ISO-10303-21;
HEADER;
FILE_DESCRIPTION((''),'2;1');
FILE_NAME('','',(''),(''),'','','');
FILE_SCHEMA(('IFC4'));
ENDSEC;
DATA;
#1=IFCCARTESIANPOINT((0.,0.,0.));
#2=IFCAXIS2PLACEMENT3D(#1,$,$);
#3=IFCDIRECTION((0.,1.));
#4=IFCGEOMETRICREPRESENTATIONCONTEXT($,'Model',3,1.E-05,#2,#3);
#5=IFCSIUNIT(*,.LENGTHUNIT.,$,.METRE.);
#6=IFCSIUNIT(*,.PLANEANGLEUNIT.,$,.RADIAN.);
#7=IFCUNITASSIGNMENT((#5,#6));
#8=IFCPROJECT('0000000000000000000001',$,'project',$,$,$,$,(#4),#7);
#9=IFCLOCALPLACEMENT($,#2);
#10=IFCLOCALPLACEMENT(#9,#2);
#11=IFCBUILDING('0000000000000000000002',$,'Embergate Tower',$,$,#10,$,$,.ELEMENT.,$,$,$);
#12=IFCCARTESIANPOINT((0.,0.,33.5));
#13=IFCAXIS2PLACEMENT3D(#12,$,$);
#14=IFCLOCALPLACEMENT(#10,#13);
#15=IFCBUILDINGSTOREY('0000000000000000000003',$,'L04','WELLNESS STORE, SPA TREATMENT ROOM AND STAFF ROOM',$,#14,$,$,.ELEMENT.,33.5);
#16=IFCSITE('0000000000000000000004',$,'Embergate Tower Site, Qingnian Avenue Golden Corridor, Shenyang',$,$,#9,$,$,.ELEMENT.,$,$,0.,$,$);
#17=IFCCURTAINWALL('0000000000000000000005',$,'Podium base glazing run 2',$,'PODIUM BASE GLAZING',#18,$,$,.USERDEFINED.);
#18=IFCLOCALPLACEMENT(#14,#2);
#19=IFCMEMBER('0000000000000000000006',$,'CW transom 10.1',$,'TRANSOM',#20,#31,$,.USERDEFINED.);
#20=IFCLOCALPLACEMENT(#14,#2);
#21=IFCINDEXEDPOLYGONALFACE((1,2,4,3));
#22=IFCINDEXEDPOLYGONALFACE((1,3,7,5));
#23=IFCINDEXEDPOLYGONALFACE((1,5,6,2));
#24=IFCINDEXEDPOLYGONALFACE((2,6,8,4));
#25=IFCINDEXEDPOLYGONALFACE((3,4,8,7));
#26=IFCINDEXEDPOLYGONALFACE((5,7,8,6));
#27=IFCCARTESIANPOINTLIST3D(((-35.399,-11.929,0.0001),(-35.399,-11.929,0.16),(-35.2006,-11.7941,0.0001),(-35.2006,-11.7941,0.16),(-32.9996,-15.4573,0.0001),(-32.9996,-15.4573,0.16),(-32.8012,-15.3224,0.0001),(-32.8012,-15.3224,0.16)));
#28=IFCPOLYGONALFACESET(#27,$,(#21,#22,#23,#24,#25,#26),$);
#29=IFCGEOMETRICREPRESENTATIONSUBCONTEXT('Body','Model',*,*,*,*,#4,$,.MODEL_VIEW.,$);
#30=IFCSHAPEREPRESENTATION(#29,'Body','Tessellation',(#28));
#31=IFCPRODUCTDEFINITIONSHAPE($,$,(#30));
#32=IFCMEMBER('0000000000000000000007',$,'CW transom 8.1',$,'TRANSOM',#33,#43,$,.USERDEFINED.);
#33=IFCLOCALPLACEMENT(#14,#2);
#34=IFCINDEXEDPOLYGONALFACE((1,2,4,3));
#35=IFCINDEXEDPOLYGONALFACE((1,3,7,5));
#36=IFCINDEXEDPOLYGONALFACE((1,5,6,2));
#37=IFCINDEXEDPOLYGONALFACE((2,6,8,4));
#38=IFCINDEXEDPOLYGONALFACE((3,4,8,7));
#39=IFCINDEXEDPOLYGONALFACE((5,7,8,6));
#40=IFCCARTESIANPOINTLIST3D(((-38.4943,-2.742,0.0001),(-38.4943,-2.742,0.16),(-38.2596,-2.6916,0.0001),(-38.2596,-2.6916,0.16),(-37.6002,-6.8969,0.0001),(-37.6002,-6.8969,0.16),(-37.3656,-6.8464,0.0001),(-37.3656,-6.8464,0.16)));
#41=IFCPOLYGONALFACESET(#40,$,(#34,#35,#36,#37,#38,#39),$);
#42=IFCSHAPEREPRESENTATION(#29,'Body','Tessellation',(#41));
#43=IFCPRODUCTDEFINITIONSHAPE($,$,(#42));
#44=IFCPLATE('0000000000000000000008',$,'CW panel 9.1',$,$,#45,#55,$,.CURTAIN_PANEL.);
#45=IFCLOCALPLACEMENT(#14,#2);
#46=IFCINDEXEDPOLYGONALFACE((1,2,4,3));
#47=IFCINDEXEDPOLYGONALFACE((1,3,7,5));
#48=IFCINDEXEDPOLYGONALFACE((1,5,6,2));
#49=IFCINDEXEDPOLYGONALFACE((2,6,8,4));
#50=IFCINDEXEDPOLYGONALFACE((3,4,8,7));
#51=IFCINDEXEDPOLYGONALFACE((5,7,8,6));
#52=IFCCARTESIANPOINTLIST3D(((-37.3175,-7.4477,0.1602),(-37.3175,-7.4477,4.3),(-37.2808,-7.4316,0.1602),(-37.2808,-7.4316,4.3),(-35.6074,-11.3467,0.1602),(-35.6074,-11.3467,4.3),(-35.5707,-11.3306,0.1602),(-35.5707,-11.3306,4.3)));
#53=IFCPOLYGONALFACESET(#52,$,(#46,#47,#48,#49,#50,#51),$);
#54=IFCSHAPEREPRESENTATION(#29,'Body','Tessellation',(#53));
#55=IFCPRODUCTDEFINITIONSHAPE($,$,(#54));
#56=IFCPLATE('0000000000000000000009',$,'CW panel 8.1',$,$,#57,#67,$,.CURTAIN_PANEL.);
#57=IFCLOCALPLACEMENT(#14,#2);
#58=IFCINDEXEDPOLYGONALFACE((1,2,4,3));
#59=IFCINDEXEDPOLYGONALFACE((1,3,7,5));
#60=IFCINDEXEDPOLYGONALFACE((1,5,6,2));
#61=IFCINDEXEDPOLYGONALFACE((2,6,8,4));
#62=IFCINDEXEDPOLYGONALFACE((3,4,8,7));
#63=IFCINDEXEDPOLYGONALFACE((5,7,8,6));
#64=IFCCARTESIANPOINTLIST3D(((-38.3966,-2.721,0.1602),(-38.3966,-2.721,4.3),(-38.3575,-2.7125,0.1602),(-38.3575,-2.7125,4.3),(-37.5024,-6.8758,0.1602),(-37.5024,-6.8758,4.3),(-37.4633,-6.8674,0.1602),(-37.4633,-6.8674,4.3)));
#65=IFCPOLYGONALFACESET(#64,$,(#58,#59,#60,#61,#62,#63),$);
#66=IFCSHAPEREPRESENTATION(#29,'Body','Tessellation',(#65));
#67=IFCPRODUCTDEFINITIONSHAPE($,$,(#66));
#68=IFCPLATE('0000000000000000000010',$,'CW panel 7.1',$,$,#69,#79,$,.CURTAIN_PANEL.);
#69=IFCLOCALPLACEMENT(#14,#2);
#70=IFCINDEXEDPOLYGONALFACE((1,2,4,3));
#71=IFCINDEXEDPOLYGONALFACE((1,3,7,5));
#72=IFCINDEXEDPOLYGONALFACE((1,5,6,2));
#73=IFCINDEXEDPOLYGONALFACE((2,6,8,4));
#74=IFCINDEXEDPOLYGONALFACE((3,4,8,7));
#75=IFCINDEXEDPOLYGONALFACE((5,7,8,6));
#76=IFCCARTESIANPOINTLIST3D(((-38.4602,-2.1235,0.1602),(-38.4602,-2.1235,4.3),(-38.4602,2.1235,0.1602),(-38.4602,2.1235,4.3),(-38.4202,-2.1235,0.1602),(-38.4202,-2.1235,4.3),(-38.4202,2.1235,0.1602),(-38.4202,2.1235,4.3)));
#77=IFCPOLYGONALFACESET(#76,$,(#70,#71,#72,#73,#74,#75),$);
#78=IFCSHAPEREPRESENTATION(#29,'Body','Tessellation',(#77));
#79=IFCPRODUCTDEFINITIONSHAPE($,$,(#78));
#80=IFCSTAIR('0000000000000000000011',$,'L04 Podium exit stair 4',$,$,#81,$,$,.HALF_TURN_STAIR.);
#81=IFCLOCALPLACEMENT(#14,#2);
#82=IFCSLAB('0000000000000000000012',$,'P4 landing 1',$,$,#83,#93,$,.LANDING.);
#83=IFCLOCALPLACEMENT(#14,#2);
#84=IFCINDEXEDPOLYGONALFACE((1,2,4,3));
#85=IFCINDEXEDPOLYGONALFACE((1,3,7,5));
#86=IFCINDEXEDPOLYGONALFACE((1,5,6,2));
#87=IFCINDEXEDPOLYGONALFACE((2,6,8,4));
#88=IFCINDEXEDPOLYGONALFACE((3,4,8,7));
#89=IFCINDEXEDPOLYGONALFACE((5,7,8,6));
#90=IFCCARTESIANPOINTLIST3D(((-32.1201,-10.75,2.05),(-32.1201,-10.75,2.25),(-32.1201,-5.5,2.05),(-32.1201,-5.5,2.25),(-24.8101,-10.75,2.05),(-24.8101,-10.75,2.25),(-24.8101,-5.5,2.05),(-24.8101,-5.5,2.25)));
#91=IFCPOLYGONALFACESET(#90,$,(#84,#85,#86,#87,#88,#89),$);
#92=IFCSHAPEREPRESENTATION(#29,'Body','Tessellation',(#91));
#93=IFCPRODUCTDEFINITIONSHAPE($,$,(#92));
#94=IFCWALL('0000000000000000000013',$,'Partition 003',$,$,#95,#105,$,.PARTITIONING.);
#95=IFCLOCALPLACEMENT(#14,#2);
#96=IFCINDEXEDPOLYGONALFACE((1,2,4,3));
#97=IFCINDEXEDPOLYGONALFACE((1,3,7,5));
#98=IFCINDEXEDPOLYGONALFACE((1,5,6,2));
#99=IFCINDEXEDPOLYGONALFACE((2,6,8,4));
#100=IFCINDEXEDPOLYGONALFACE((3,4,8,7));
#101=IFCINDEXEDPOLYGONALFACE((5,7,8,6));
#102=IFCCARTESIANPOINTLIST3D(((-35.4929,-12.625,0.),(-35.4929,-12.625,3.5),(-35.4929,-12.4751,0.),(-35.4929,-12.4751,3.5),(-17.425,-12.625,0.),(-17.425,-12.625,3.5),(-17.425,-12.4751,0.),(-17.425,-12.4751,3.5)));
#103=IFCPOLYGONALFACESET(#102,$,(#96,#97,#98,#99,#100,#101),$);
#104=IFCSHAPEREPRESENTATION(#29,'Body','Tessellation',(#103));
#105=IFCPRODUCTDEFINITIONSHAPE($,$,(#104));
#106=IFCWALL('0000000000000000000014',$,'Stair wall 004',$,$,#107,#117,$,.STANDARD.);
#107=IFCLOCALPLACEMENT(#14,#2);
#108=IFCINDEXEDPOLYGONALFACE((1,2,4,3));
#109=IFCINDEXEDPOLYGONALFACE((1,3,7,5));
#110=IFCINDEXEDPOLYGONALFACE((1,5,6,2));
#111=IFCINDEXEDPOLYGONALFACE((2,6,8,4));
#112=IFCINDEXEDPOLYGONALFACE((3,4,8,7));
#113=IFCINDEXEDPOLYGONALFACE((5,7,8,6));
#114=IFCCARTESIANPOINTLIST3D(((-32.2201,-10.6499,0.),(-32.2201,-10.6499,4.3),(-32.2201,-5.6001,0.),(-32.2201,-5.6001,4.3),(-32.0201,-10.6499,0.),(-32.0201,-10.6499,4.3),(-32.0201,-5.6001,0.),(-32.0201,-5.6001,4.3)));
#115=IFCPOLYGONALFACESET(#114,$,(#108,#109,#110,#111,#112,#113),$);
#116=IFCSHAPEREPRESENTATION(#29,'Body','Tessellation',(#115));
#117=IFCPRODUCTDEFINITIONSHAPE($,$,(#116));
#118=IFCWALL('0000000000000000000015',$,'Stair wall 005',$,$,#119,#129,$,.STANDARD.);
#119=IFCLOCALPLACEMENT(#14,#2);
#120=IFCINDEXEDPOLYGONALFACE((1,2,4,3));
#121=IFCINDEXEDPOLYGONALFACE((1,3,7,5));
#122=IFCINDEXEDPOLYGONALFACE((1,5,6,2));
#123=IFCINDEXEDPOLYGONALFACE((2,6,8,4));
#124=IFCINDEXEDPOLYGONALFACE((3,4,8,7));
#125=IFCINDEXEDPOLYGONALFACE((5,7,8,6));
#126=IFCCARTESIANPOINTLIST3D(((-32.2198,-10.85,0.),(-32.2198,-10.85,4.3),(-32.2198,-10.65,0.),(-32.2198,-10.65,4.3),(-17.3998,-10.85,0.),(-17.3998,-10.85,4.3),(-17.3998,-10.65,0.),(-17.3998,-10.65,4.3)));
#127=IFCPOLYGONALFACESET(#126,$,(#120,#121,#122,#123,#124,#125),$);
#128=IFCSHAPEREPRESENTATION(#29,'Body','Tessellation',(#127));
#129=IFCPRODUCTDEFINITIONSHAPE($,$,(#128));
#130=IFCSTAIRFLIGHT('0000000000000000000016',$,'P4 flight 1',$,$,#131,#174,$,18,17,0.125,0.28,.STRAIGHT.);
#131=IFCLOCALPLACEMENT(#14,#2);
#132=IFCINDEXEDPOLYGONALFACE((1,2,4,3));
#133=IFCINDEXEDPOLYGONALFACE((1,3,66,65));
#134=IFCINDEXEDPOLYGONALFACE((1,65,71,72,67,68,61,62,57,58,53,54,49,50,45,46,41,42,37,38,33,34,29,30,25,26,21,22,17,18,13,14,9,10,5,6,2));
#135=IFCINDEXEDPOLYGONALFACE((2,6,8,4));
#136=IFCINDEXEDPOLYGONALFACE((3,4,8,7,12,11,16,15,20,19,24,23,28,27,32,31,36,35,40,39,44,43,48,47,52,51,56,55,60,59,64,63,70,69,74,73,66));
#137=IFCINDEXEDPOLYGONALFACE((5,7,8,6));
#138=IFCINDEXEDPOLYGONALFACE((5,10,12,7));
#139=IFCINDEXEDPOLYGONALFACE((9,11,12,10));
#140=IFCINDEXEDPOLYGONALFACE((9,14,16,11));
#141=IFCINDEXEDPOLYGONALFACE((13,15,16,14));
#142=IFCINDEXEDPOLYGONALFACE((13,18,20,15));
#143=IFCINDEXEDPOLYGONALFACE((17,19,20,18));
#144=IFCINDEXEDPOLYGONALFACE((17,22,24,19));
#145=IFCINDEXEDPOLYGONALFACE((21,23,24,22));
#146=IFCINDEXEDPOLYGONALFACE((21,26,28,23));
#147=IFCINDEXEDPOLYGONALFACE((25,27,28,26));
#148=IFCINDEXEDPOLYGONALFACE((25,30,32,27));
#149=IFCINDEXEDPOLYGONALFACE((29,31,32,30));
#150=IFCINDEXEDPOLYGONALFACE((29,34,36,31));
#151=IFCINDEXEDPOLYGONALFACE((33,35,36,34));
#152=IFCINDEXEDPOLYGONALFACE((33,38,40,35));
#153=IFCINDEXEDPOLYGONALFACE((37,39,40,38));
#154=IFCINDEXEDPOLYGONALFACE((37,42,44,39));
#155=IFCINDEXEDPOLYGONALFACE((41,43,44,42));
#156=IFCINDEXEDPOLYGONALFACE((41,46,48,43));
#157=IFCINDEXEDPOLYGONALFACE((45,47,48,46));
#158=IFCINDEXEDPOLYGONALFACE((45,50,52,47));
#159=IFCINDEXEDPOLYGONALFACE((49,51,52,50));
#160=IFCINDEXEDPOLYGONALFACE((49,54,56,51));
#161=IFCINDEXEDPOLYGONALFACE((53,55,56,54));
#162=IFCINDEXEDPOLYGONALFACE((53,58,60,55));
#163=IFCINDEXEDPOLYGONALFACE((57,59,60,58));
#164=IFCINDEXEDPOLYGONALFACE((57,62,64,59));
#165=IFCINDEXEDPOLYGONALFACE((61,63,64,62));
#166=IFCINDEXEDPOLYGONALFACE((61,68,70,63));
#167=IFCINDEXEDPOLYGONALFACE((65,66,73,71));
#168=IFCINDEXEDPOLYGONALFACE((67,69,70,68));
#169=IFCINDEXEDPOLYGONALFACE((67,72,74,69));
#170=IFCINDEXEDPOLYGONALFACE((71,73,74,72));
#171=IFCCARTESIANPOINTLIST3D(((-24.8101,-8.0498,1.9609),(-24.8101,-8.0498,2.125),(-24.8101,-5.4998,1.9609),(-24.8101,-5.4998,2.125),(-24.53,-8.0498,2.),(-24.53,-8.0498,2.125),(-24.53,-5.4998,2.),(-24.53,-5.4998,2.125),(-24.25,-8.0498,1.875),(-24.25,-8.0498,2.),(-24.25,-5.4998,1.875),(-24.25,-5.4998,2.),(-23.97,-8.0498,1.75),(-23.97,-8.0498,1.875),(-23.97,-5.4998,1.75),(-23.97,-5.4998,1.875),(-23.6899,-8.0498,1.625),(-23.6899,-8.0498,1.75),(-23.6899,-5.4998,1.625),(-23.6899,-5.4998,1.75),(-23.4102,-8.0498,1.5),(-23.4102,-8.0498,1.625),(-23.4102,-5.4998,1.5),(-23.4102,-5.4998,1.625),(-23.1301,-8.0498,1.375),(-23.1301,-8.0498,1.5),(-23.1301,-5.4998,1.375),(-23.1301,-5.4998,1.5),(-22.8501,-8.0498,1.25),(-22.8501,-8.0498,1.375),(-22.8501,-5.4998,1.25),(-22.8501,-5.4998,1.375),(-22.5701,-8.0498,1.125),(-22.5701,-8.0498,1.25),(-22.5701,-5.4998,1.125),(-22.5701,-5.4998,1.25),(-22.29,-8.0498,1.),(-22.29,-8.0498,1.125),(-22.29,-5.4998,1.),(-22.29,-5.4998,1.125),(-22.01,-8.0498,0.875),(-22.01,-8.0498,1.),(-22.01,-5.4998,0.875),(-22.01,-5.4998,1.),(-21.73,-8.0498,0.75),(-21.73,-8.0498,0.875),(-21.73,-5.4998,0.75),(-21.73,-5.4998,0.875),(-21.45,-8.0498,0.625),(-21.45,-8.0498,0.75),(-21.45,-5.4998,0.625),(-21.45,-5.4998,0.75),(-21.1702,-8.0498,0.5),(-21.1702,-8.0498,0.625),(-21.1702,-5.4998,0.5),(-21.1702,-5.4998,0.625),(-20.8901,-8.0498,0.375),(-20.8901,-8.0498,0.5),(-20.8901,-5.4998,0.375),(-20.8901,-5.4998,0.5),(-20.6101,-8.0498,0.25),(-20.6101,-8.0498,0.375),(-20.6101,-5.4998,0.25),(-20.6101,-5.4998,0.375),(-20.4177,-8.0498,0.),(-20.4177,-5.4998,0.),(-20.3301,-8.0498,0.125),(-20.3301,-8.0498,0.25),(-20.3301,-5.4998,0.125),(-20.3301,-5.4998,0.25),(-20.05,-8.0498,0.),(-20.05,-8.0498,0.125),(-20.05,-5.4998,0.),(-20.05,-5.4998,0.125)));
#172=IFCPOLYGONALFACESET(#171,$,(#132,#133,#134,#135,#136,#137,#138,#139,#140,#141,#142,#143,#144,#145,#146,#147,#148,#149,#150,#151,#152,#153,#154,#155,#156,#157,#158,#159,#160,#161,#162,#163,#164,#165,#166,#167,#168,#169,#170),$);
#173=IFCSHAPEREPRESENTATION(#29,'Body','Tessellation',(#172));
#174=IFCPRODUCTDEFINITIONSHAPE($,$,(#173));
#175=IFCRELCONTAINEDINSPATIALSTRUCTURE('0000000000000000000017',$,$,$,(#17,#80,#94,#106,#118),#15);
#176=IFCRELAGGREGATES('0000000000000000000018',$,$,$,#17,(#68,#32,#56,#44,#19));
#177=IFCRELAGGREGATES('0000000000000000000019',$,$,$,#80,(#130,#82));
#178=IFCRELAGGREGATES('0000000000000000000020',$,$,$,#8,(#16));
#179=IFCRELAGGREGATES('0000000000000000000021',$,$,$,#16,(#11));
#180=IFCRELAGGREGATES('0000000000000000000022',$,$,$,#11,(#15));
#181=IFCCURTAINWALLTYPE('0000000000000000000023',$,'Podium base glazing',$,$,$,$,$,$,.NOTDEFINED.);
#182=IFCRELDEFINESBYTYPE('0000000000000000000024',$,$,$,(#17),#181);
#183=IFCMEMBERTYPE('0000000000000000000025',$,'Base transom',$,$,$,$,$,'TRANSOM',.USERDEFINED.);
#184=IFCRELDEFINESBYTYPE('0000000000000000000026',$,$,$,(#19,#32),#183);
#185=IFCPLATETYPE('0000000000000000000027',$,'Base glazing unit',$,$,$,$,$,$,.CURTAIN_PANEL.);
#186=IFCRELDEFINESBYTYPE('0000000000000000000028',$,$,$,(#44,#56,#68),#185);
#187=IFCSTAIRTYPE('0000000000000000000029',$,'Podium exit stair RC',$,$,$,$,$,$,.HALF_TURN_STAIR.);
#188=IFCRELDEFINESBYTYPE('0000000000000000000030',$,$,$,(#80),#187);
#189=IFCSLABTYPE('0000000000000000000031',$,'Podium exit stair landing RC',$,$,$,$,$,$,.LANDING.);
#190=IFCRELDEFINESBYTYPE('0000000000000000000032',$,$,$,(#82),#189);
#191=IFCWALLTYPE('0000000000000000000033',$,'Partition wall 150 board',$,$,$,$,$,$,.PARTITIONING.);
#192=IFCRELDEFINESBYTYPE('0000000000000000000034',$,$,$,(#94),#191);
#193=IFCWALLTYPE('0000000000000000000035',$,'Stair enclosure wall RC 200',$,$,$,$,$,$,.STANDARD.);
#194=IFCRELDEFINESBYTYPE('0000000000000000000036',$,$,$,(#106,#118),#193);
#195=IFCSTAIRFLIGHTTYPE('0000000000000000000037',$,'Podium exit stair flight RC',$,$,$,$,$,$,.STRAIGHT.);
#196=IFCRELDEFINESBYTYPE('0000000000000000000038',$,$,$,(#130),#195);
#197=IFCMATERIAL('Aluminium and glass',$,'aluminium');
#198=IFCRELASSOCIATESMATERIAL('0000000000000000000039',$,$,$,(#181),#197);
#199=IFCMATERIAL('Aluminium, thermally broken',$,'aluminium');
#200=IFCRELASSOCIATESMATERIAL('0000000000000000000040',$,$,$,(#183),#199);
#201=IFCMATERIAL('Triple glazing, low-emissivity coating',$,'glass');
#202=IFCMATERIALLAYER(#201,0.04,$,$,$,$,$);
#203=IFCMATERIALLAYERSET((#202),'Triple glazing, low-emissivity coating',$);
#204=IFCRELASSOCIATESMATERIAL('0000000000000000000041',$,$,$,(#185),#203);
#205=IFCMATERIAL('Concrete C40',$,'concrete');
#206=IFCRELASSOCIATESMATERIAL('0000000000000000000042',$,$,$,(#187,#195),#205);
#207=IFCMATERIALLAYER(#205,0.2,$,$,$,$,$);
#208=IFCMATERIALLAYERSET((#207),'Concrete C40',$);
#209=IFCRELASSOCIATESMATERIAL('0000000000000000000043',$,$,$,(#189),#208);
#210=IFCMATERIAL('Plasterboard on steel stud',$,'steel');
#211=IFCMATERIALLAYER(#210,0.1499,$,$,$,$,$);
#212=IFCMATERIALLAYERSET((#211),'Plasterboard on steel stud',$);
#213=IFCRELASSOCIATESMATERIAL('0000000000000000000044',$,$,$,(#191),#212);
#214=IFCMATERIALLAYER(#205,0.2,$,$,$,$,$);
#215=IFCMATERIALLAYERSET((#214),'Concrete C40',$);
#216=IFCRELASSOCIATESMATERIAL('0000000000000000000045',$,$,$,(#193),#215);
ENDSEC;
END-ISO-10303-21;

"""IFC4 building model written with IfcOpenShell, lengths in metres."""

from ifc_helpers import new_model, si_unit, direction, frame, frame_2d, origin, origin_2d, place, context, subcontext, project, spatial, polyline, rectangle, outline, extrude, source, transform, mapped, material, layer, layer_set, material_profile, profile_set, type_object, element, aggregate, save


model = new_model("IFC4")

# Units and contexts
model_context = context("Model", 3, precision=1e-05, world=origin(), true_north=direction((0.0, 1.0)))
body_context = subcontext(model_context, "Body", "Model", "MODEL_VIEW")
ifc_project = project(units=[si_unit("LENGTHUNIT", "METRE"), si_unit("PLANEANGLEUNIT", "RADIAN")], contexts=[model_context])

# Site, building, storey
site_placement = place(None, origin())
site = spatial("IfcSite", under=ifc_project, at=site_placement, Name="Embergate Tower Site, Qingnian Avenue Golden Corridor, Shenyang", CompositionType="ELEMENT", RefElevation=0.0)
building_placement = place(site_placement, origin())
building = spatial("IfcBuilding", under=site, at=building_placement, Name="Embergate Tower", CompositionType="ELEMENT")
storey_placement = place(building_placement, frame((0.0, 0.0, 33.5)))
storey = spatial("IfcBuildingStorey", under=building, at=storey_placement, Name="L04", Description="WELLNESS STORE, SPA TREATMENT ROOM AND STAFF ROOM", CompositionType="ELEMENT", Elevation=33.5)

# Curtain wall, members, plates
ifc_material_1 = material(Name="Aluminium and glass", Category="aluminium")
curtain_wall_type = type_object("IfcCurtainWallType", Name="Podium base glazing", PredefinedType="NOTDEFINED", material=ifc_material_1)
curtain_wall_placement = place(storey_placement, origin())
curtain_wall = element("IfcCurtainWall", 1, at=curtain_wall_placement, inside=storey, type_object=curtain_wall_type, Name="Podium base glazing run 2", ObjectType="PODIUM BASE GLAZING", PredefinedType="USERDEFINED")
ifc_material_2 = material(Name="Aluminium, thermally broken", Category="aluminium")
ifc_material_profile_1 = material_profile(ifc_material_2, rectangle(XDim=0.24, YDim=0.1599, at=origin_2d()), Name="AL 160x240")
ifc_profile_set_1 = profile_set([ifc_material_profile_1], Name="Aluminium, thermally broken")
member_type_1 = type_object("IfcMemberType", Name="Base transom", ElementType="TRANSOM", PredefinedType="USERDEFINED", material=ifc_profile_set_1)
shared_shape_1 = source(origin(), body_context, "Body", "SweptSolid", [
    extrude(rectangle(XDim=0.24, YDim=0.1599, at=origin_2d()), origin(), (0.0, 0.0, 1.0), 4.2668),
])
member_1_placement = place(storey_placement, frame((-35.2998, -11.8616, 0.0801), z_axis=(0.562335, -0.826909, 0.0), x_axis=(0.826909, 0.562335, 0.0)))
member_1 = element("IfcMember", 2, at=member_1_placement, type_object=member_type_1, Name="CW transom 10.1", ObjectType="TRANSOM", PredefinedType="USERDEFINED", context=body_context, shape_type="MappedRepresentation", body=[
    mapped(shared_shape_1, transform((0.0, 0.0, 0.0))),
])
shared_shape_2 = source(origin(), body_context, "Body", "SweptSolid", [
    extrude(rectangle(XDim=0.24, YDim=0.1599, at=origin_2d()), origin(), (0.0, 0.0, 1.0), 4.25),
])
member_2_placement = place(storey_placement, frame((-38.377, -2.7168, 0.0801), z_axis=(0.210369, -0.977622, 0.0), x_axis=(0.977622, 0.210369, 0.0)))
member_2 = element("IfcMember", 3, at=member_2_placement, type_object=member_type_1, Name="CW transom 8.1", ObjectType="TRANSOM", PredefinedType="USERDEFINED", context=body_context, shape_type="MappedRepresentation", body=[
    mapped(shared_shape_2, transform((0.0, 0.0, 0.0))),
])
ifc_material_3 = material(Name="Triple glazing, low-emissivity coating", Category="glass")
ifc_layer_1 = layer(ifc_material_3, 0.04)
ifc_layer_set_1 = layer_set([ifc_layer_1], Name="Triple glazing, low-emissivity coating")
plate_type = type_object("IfcPlateType", Name="Base glazing unit", PredefinedType="CURTAIN_PANEL", material=ifc_layer_set_1)
shared_shape_3 = source(origin(), body_context, "Body", "SweptSolid", [
    extrude(rectangle(XDim=4.2576, YDim=0.04, at=origin_2d()), origin(), (0.0, 0.0, 1.0), 4.1399),
])
plate_1_placement = place(storey_placement, frame((-36.4441, -9.3892, 0.1602), z_axis=(0.0, 0.0, 1.0), x_axis=(0.401655, -0.915791, 0.0)))
plate_1 = element("IfcPlate", 4, at=plate_1_placement, type_object=plate_type, Name="CW panel 9.1", PredefinedType="CURTAIN_PANEL", context=body_context, shape_type="MappedRepresentation", body=[
    mapped(shared_shape_3, transform((0.0, 0.0, 0.0))),
])
shared_shape_4 = source(origin(), body_context, "Body", "SweptSolid", [
    extrude(rectangle(XDim=4.25, YDim=0.04, at=origin_2d()), origin(), (0.0, 0.0, 1.0), 4.1399),
])
plate_2_placement = place(storey_placement, frame((-37.9299, -4.7942, 0.1602), z_axis=(0.0, 0.0, 1.0), x_axis=(0.2104, -0.977615, 0.0)))
plate_2 = element("IfcPlate", 5, at=plate_2_placement, type_object=plate_type, Name="CW panel 8.1", PredefinedType="CURTAIN_PANEL", context=body_context, shape_type="MappedRepresentation", body=[
    mapped(shared_shape_4, transform((0.0, 0.0, 0.0))),
])
shared_shape_5 = source(origin(), body_context, "Body", "SweptSolid", [
    extrude(rectangle(XDim=4.2471, YDim=0.04, at=origin_2d()), origin(), (0.0, 0.0, 1.0), 4.1399),
])
plate_3_placement = place(storey_placement, frame((-38.4402, 0.0, 0.1602), z_axis=(0.0, 0.0, 1.0), x_axis=(0.0, -1.0, 0.0)))
plate_3 = element("IfcPlate", 6, at=plate_3_placement, type_object=plate_type, Name="CW panel 7.1", PredefinedType="CURTAIN_PANEL", context=body_context, shape_type="MappedRepresentation", body=[
    mapped(shared_shape_5, transform((0.0, 0.0, 0.0))),
])
aggregate(curtain_wall, [plate_3, member_2, plate_2, plate_1, member_1])

# Stair, slab
ifc_material_4 = material(Name="Concrete C40", Category="concrete")
stair_type = type_object("IfcStairType", Name="Podium exit stair RC", PredefinedType="HALF_TURN_STAIR", material=ifc_material_4)
stair_placement = place(storey_placement, origin())
stair = element("IfcStair", 7, at=stair_placement, inside=storey, type_object=stair_type, Name="L04 Podium exit stair 4", PredefinedType="HALF_TURN_STAIR")
ifc_layer_2 = layer(ifc_material_4, 0.2)
ifc_layer_set_2 = layer_set([ifc_layer_2], Name="Concrete C40")
slab_type = type_object("IfcSlabType", Name="Podium exit stair landing RC", PredefinedType="LANDING", material=ifc_layer_set_2)
shared_shape_6 = source(origin(), body_context, "Body", "SweptSolid", [
    extrude(outline(polyline([(0.0, 0.0), (7.3101, 0.0), (7.3101, 5.25), (0.0, 5.25), (0.0, 0.0)])), origin(), (0.0, 0.0, 1.0), 0.2),
])
slab_placement = place(storey_placement, frame((-32.1201, -10.75, 2.05)))
slab = element("IfcSlab", 8, at=slab_placement, type_object=slab_type, Name="P4 landing 1", PredefinedType="LANDING", context=body_context, shape_type="MappedRepresentation", body=[
    mapped(shared_shape_6, transform((0.0, 0.0, 0.0))),
])

# Walls
ifc_material_5 = material(Name="Plasterboard on steel stud", Category="steel")
ifc_layer_3 = layer(ifc_material_5, 0.1499)
ifc_layer_set_3 = layer_set([ifc_layer_3], Name="Plasterboard on steel stud")
wall_type_1 = type_object("IfcWallType", Name="Partition wall 150 board", PredefinedType="PARTITIONING", material=ifc_layer_set_3)
shared_shape_7 = source(origin(), body_context, "Body", "SweptSolid", [
    extrude(rectangle(XDim=18.0679, YDim=0.1499, at=frame_2d((9.0339, 0.0))), origin(), (0.0, 0.0, 1.0), 3.5),
])
wall_1_placement = place(storey_placement, frame((-35.4929, -12.55, 0.0), z_axis=(0.0, 0.0, 1.0), x_axis=(1.0, 0.0, 0.0)))
element("IfcWall", 9, at=wall_1_placement, inside=storey, type_object=wall_type_1, Name="Partition 003", PredefinedType="PARTITIONING", context=body_context, shape_type="MappedRepresentation", body=[
    mapped(shared_shape_7, transform((0.0, 0.0, 0.0))),
])
ifc_layer_4 = layer(ifc_material_4, 0.2)
ifc_layer_set_4 = layer_set([ifc_layer_4], Name="Concrete C40")
wall_type_2 = type_object("IfcWallType", Name="Stair enclosure wall RC 200", PredefinedType="STANDARD", material=ifc_layer_set_4)
shared_shape_8 = source(origin(), body_context, "Body", "SweptSolid", [
    extrude(rectangle(XDim=5.0498, YDim=0.2, at=frame_2d((2.5249, 0.0))), origin(), (0.0, 0.0, 1.0), 4.3),
])
wall_2_placement = place(storey_placement, frame((-32.1201, -10.6499, 0.0), z_axis=(0.0, 0.0, 1.0), x_axis=(0.0, 1.0, 0.0)))
element("IfcWall", 10, at=wall_2_placement, inside=storey, type_object=wall_type_2, Name="Stair wall 004", PredefinedType="STANDARD", context=body_context, shape_type="MappedRepresentation", body=[
    mapped(shared_shape_8, transform((0.0, 0.0, 0.0))),
])
shared_shape_9 = source(origin(), body_context, "Body", "SweptSolid", [
    extrude(rectangle(XDim=14.8201, YDim=0.2, at=frame_2d((7.4102, 0.0))), origin(), (0.0, 0.0, 1.0), 4.3),
])
wall_3_placement = place(storey_placement, frame((-32.22, -10.75, 0.0), z_axis=(0.0, 0.0, 1.0), x_axis=(1.0, 0.0, 0.0)))
element("IfcWall", 11, at=wall_3_placement, inside=storey, type_object=wall_type_2, Name="Stair wall 005", PredefinedType="STANDARD", context=body_context, shape_type="MappedRepresentation", body=[
    mapped(shared_shape_9, transform((0.0, 0.0, 0.0))),
])

# Stair flight
stair_flight_type = type_object("IfcStairFlightType", Name="Podium exit stair flight RC", PredefinedType="STRAIGHT", material=ifc_material_4)
shared_shape_10 = source(origin(), body_context, "Body", "SweptSolid", [
    extrude(outline(polyline([(0.0, 0.0), (0.0, 0.125), (0.28, 0.125), (0.28, 0.25), (0.5601, 0.25), (0.5601, 0.375), (0.8401, 0.375), (0.8401, 0.5), (1.1201, 0.5), (1.1201, 0.625), (1.3999, 0.625), (1.3999, 0.75), (1.6799, 0.75), (1.6799, 0.875), (1.96, 0.875), (1.96, 1.0), (2.24, 1.0), (2.24, 1.125), (2.52, 1.125), (2.52, 1.25), (2.8, 1.25), (2.8, 1.375), (3.0801, 1.375), (3.0801, 1.5), (3.3601, 1.5), (3.3601, 1.625), (3.6399, 1.625), (3.6399, 1.75), (3.9199, 1.75), (3.9199, 1.875), (4.2, 1.875), (4.2, 2.0), (4.48, 2.0), (4.48, 2.125), (4.76, 2.125), (4.76, 2.25), (4.76, 1.9609), (0.3677, 0.0), (0.0, 0.0)])), frame((0.0, 1.2749, 0.0), z_axis=(0.0, -1.0, 0.0), x_axis=(1.0, 0.0, 0.0)), (0.0, 0.0, 1.0), 2.55),
])
stair_flight_1_placement = place(storey_placement, frame((-20.05, -6.7749, 0.0), z_axis=(0.0, 0.0, 1.0), x_axis=(-1.0, 0.0, 0.0)))
stair_flight_1 = element("IfcStairFlight", 12, at=stair_flight_1_placement, type_object=stair_flight_type, Name="P4 flight 1", NumberOfRisers=18, NumberOfTreads=17, PredefinedType="STRAIGHT", RiserHeight=0.125, TreadLength=0.28, context=body_context, shape_type="MappedRepresentation", body=[
    mapped(shared_shape_10, transform((0.0, 0.0, 0.0))),
])
aggregate(stair, [stair_flight_1, slab])

save(model, "model.ifc")
